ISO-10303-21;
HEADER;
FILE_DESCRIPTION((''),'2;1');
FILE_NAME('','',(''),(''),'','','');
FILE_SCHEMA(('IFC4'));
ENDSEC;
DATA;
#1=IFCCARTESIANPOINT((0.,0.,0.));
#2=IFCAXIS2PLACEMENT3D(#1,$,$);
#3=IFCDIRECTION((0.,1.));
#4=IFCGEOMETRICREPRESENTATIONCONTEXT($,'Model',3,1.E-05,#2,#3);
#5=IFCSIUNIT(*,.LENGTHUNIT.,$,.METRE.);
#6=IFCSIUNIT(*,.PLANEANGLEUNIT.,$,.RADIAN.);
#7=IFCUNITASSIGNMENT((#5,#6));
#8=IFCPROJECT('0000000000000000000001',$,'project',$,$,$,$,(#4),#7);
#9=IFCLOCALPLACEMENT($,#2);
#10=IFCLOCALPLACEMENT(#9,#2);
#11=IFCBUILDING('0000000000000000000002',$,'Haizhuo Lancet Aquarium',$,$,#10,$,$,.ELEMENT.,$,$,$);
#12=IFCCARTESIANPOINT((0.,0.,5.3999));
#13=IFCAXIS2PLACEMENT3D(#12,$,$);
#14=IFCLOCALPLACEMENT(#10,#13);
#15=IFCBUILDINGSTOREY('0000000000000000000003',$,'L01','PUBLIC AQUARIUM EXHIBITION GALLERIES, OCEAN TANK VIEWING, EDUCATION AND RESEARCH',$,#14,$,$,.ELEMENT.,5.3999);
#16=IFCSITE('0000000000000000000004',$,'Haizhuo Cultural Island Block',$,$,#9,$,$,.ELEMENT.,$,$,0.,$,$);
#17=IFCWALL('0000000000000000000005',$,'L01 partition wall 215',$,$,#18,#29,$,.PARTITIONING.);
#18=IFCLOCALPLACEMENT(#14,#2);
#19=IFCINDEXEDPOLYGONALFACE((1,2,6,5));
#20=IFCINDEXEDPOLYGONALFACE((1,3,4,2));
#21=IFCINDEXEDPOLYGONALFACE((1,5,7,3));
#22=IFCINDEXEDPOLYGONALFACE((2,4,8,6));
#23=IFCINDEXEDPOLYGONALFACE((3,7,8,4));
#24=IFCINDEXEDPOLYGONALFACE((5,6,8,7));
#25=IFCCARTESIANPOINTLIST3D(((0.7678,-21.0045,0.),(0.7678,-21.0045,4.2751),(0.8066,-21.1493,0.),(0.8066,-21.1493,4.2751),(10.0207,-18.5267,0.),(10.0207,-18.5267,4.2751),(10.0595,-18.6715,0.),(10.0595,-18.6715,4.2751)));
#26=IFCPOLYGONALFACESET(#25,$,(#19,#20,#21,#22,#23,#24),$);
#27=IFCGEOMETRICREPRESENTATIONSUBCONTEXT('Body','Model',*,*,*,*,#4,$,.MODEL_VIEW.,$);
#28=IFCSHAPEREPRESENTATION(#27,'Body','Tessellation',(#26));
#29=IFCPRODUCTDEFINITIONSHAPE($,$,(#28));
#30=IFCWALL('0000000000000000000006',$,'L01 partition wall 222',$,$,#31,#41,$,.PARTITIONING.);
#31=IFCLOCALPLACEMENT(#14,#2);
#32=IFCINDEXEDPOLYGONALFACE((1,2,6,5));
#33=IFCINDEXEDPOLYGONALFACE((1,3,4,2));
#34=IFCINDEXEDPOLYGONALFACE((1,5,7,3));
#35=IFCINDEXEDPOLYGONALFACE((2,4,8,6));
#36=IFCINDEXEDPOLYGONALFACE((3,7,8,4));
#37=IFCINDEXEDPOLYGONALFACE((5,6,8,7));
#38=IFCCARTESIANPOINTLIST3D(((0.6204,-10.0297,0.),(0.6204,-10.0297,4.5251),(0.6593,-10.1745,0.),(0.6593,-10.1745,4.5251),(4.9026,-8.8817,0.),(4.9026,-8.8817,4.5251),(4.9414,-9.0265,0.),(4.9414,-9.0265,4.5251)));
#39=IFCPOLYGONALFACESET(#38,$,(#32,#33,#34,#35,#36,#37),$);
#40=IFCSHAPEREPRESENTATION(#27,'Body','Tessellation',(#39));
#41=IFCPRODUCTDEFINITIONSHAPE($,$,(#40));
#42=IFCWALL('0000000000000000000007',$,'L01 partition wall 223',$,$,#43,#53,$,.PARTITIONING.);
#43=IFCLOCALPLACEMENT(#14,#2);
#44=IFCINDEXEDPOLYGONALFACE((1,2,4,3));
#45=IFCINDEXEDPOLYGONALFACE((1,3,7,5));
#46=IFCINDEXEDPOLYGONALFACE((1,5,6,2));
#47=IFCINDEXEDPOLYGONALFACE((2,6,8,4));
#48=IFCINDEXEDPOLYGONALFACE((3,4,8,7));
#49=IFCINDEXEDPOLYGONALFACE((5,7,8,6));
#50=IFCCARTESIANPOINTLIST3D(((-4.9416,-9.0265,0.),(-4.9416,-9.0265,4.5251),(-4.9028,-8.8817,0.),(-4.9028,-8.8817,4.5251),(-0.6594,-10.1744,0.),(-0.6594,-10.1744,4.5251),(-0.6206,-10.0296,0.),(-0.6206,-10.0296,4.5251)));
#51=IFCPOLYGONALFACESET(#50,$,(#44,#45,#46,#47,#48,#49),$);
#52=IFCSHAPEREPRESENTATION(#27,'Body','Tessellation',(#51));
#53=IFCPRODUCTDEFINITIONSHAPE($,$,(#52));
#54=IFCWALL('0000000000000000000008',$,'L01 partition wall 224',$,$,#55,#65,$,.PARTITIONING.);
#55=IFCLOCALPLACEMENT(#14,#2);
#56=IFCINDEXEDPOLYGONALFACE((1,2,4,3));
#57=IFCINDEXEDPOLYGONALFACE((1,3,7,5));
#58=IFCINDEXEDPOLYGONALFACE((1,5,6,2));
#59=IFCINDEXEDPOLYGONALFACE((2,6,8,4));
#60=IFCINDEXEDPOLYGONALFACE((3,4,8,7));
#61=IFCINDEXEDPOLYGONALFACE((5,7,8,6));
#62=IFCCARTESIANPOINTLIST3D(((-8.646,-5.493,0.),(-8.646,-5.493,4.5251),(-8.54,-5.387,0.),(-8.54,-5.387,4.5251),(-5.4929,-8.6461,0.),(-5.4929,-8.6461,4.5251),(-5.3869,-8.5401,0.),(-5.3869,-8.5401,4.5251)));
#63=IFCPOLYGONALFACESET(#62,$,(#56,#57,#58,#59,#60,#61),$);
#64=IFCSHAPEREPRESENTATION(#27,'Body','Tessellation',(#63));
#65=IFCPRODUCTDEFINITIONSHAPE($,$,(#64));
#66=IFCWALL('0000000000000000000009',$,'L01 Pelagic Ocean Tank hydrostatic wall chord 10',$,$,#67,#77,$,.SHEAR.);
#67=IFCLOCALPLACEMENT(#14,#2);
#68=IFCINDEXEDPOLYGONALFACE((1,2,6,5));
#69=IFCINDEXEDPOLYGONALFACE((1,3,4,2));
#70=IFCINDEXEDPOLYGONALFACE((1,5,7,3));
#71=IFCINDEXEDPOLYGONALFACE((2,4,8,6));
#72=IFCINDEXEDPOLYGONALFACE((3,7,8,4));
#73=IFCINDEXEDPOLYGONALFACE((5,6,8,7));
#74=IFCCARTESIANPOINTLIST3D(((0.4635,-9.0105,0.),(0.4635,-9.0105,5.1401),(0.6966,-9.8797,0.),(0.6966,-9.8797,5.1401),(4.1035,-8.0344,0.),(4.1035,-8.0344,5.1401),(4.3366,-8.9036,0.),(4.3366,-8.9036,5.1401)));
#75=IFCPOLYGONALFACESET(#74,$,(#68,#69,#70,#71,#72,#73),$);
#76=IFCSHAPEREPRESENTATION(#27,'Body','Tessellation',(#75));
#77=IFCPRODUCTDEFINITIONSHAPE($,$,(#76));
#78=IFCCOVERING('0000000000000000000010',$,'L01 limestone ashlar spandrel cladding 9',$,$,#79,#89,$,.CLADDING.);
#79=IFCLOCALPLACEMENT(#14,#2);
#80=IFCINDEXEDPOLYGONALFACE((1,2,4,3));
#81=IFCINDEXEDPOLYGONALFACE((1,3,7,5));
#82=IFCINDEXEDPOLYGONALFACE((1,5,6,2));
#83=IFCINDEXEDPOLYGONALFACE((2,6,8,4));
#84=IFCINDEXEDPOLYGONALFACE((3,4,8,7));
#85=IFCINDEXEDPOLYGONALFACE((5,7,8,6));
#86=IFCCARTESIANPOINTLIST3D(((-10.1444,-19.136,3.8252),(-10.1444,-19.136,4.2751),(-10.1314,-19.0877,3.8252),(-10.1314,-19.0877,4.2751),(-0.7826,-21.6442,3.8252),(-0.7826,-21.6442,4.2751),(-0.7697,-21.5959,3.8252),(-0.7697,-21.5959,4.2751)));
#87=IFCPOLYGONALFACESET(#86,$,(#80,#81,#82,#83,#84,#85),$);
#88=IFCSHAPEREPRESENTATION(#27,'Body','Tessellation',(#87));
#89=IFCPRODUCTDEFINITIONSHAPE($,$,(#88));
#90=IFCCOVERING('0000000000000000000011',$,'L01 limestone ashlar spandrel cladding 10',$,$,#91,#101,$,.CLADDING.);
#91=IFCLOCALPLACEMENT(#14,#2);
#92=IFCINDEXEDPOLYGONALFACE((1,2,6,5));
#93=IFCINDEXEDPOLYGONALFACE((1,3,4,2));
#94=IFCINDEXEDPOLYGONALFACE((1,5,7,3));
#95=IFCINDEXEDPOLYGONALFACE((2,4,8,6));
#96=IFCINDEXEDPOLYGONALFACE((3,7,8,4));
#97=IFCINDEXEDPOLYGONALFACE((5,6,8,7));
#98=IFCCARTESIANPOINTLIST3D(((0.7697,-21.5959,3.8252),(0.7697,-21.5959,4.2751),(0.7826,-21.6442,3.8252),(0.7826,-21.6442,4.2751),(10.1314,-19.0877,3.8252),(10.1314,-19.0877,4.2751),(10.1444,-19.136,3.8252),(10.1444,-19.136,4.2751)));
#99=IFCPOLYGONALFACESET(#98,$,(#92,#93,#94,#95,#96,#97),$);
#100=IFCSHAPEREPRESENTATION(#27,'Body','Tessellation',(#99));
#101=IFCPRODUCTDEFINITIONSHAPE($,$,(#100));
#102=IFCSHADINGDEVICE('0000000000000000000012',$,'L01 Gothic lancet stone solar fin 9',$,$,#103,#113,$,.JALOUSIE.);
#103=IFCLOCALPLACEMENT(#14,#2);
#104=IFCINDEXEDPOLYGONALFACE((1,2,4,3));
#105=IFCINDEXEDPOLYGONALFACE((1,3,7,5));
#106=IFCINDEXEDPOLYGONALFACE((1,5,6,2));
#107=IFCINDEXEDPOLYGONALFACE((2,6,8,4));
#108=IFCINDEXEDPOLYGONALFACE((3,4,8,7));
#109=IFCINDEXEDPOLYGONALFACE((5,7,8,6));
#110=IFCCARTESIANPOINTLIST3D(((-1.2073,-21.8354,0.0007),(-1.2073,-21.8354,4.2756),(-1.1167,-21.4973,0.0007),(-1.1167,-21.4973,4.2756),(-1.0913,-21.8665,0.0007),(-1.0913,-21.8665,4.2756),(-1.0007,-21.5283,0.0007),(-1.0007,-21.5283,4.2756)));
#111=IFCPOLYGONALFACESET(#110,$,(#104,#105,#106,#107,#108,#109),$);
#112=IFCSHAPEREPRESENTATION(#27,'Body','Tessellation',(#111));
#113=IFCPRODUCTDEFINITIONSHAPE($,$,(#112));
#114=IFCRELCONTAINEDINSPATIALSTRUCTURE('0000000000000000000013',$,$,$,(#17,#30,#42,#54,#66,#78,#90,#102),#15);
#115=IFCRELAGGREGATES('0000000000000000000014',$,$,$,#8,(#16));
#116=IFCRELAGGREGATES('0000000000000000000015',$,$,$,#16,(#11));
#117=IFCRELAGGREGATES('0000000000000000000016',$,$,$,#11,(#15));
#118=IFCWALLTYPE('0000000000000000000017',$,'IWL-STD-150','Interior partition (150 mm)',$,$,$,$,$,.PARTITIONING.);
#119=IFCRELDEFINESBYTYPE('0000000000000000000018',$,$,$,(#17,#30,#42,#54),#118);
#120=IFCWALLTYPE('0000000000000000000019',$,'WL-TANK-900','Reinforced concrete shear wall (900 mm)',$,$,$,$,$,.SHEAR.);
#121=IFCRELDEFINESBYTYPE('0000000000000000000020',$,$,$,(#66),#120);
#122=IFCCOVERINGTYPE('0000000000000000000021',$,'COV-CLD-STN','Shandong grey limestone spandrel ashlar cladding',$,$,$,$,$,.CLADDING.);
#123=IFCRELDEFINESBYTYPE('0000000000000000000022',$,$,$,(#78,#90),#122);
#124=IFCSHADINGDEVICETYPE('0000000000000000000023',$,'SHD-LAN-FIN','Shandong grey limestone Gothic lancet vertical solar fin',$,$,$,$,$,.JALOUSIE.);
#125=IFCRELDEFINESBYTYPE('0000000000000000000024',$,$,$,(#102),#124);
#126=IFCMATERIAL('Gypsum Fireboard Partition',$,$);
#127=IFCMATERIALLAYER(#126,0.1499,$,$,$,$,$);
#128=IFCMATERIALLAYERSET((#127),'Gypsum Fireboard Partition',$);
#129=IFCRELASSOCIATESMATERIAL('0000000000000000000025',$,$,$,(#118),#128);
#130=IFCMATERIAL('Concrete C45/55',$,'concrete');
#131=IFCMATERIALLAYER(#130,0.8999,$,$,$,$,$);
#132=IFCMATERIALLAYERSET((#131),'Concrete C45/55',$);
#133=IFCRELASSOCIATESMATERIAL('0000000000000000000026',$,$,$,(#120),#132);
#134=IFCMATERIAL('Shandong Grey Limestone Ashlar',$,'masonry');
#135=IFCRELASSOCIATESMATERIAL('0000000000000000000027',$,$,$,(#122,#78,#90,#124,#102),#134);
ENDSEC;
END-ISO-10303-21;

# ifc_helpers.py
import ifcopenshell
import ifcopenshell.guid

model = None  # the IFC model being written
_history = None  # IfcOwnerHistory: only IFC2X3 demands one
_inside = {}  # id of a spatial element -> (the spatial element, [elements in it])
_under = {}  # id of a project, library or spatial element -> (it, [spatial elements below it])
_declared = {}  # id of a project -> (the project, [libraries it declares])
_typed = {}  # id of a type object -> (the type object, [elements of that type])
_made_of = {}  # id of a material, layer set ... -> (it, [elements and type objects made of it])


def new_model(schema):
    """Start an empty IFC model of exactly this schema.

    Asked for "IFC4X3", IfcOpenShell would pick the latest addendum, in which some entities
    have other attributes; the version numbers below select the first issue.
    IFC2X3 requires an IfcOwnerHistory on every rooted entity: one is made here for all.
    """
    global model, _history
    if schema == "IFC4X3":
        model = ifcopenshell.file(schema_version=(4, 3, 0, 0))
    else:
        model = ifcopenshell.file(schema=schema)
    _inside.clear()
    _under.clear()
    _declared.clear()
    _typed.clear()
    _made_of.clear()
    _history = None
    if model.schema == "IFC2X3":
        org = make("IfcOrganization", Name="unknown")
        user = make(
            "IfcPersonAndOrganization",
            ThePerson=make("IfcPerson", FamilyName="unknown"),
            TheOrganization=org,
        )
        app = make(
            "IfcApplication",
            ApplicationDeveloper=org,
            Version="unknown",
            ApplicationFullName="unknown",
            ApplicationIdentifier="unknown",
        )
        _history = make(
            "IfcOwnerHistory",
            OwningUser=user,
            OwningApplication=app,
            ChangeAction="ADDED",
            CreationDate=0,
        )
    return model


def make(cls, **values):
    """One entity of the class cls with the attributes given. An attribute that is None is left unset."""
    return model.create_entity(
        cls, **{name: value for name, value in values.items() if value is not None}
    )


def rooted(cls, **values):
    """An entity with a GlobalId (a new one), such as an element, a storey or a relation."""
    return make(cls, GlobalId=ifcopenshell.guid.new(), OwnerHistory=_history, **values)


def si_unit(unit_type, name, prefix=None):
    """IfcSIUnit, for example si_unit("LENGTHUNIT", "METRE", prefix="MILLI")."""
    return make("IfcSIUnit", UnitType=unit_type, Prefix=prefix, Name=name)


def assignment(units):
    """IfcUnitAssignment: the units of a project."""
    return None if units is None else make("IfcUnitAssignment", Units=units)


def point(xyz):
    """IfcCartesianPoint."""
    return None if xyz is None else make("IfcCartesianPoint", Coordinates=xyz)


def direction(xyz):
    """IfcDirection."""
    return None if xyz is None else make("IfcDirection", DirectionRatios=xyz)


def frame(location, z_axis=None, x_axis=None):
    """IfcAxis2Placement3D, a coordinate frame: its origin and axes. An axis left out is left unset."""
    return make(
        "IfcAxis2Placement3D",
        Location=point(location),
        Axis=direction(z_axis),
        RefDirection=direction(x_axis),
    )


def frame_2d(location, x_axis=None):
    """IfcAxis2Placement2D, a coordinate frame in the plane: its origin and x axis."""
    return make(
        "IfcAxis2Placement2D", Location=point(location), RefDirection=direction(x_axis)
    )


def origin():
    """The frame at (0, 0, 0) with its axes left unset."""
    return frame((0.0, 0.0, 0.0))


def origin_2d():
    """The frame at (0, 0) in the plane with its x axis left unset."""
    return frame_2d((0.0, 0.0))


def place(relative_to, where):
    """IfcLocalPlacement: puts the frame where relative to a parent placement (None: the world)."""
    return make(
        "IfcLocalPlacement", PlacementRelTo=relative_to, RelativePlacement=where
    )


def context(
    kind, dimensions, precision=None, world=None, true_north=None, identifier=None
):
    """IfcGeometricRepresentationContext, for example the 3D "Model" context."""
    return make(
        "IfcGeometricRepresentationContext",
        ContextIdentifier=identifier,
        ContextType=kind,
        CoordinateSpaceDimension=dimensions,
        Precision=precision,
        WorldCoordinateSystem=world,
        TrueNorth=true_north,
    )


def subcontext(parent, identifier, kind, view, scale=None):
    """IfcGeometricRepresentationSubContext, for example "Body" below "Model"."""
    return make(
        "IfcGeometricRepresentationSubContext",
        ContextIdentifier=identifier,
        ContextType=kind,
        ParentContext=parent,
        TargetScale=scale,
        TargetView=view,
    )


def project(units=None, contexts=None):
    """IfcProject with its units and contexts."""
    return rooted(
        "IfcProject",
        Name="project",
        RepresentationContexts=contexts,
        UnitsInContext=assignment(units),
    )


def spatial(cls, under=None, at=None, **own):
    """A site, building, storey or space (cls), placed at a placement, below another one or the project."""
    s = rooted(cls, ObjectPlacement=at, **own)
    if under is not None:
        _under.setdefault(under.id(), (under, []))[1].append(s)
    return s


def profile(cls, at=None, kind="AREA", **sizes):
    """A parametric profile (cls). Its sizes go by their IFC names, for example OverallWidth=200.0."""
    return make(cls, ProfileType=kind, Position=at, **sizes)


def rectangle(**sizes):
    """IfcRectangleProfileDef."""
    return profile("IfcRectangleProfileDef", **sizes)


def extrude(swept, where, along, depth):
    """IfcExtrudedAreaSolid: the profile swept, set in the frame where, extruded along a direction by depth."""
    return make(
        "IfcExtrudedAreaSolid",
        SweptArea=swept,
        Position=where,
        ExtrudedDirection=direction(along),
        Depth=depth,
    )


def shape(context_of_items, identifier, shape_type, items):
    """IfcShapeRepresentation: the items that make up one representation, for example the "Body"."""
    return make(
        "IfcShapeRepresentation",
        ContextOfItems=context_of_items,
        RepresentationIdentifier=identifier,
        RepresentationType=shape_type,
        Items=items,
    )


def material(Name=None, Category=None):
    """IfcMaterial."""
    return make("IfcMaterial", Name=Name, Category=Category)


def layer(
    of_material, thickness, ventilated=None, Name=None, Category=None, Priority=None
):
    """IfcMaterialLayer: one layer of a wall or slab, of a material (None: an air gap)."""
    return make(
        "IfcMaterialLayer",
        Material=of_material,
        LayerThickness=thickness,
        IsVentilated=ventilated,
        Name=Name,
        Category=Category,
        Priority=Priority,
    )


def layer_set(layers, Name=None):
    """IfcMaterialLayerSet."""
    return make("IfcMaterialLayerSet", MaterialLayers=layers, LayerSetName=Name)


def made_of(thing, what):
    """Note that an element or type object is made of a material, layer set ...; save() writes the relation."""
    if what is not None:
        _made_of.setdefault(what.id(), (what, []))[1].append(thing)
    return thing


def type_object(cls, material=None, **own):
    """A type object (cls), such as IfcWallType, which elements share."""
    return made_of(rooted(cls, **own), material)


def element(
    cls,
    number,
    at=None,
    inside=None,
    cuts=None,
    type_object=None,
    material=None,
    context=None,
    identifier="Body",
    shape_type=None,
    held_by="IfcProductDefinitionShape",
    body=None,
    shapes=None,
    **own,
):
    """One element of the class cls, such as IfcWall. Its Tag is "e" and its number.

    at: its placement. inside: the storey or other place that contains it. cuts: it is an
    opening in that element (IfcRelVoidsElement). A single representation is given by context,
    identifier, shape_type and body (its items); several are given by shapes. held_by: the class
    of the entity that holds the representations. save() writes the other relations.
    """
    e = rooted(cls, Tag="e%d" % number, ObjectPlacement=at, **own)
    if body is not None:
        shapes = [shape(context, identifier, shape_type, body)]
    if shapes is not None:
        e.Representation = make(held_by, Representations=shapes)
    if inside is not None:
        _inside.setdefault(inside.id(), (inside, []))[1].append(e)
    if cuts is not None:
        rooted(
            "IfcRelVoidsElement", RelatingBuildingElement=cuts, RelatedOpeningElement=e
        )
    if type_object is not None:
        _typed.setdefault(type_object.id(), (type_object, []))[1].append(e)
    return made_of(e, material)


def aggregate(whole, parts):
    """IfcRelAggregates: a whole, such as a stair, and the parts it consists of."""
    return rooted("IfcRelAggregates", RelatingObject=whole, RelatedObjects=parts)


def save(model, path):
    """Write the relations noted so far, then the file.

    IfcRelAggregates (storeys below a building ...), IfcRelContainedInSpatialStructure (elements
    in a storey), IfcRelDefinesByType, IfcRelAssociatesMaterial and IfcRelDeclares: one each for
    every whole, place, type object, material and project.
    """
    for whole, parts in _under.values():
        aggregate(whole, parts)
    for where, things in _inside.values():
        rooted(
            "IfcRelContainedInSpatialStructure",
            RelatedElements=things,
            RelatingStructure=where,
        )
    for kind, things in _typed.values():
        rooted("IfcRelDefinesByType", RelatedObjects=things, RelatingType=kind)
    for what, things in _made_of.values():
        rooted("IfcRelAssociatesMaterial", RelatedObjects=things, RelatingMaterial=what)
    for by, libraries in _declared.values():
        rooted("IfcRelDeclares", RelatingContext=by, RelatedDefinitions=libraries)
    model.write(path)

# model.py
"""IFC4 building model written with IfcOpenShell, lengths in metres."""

from ifc_helpers import new_model, si_unit, direction, frame, frame_2d, origin, origin_2d, place, context, subcontext, project, spatial, rectangle, extrude, material, layer, layer_set, type_object, element, save


model = new_model("IFC4")

# Units and contexts
model_context = context("Model", 3, precision=1e-05, world=origin(), true_north=direction((0.0, 1.0)))
body_context = subcontext(model_context, "Body", "Model", "MODEL_VIEW")
ifc_project = project(units=[si_unit("LENGTHUNIT", "METRE"), si_unit("PLANEANGLEUNIT", "RADIAN")], contexts=[model_context])

# Site, building, storey
site_placement = place(None, origin())
site = spatial("IfcSite", under=ifc_project, at=site_placement, Name="Haizhuo Cultural Island Block", CompositionType="ELEMENT", RefElevation=0.0)
building_placement = place(site_placement, origin())
building = spatial("IfcBuilding", under=site, at=building_placement, Name="Haizhuo Lancet Aquarium", CompositionType="ELEMENT")
storey_placement = place(building_placement, frame((0.0, 0.0, 5.3999)))
storey = spatial("IfcBuildingStorey", under=building, at=storey_placement, Name="L01", Description="PUBLIC AQUARIUM EXHIBITION GALLERIES, OCEAN TANK VIEWING, EDUCATION AND RESEARCH", CompositionType="ELEMENT", Elevation=5.3999)

# Shared definitions
ifc_material_1 = material(Name="Shandong Grey Limestone Ashlar", Category="masonry")

# Walls
ifc_material_2 = material(Name="Gypsum Fireboard Partition")
ifc_layer_1 = layer(ifc_material_2, 0.1499)
ifc_layer_set_1 = layer_set([ifc_layer_1], Name="Gypsum Fireboard Partition")
wall_type_1 = type_object("IfcWallType", Name="IWL-STD-150", Description="Interior partition (150 mm)", PredefinedType="PARTITIONING", material=ifc_layer_set_1)
wall_1_placement = place(storey_placement, frame((0.7871, -21.0769, 0.0), z_axis=(0.0, 0.0, 1.0), x_axis=(0.965966, 0.25867, 0.0)))
element("IfcWall", 1, at=wall_1_placement, inside=storey, type_object=wall_type_1, Name="L01 partition wall 215", PredefinedType="PARTITIONING", context=body_context, shape_type="SweptSolid", body=[
    extrude(rectangle(XDim=9.5789, YDim=0.1499, at=frame_2d((4.7896, 0.0))), origin(), (0.0, 0.0, 1.0), 4.2751),
])
for number, where, z_axis, x_axis, name in (
    (2, (4.9221, -8.9541, 0.0), (0.0, 0.0, 1.0), (-0.965896, -0.258931, 0.0), "L01 partition wall 222"),
    (3, (-0.6399, -10.1021, 0.0), (0.0, 0.0, 1.0), (-0.965896, 0.258931, 0.0), "L01 partition wall 223"),
):
    element("IfcWall", number, at=place(storey_placement, frame(where, z_axis=z_axis, x_axis=x_axis)), inside=storey, type_object=wall_type_1, Name=name, PredefinedType="PARTITIONING", context=body_context, shape_type="SweptSolid", body=[
        extrude(rectangle(XDim=4.4333, YDim=0.1499, at=frame_2d((2.2168, 0.0))), origin(), (0.0, 0.0, 1.0), 4.5251),
    ])
wall_2_placement = place(storey_placement, frame((-5.4399, -8.593, 0.0), z_axis=(0.0, 0.0, 1.0), x_axis=(-0.707107, 0.707107, 0.0)))
element("IfcWall", 4, at=wall_2_placement, inside=storey, type_object=wall_type_1, Name="L01 partition wall 224", PredefinedType="PARTITIONING", context=body_context, shape_type="SweptSolid", body=[
    extrude(rectangle(XDim=4.4592, YDim=0.1499, at=frame_2d((2.2295, 0.0))), origin(), (0.0, 0.0, 1.0), 4.5251),
])
ifc_material_3 = material(Name="Concrete C45/55", Category="concrete")
ifc_layer_2 = layer(ifc_material_3, 0.8999)
ifc_layer_set_2 = layer_set([ifc_layer_2], Name="Concrete C45/55")
wall_type_2 = type_object("IfcWallType", Name="WL-TANK-900", Description="Reinforced concrete shear wall (900 mm)", PredefinedType="SHEAR", material=ifc_layer_set_2)
wall_3_placement = place(storey_placement, frame((0.5801, -9.4451, 0.0), z_axis=(0.0, 0.0, 1.0), x_axis=(0.965875, 0.259009, 0.0)))
element("IfcWall", 5, at=wall_3_placement, inside=storey, type_object=wall_type_2, Name="L01 Pelagic Ocean Tank hydrostatic wall chord 10", PredefinedType="SHEAR", context=body_context, shape_type="SweptSolid", body=[
    extrude(rectangle(XDim=3.7686, YDim=0.8999, at=frame_2d((1.8843, 0.0))), origin(), (0.0, 0.0, 1.0), 5.1401),
])

# Coverings
covering_type = type_object("IfcCoveringType", Name="COV-CLD-STN", Description="Shandong grey limestone spandrel ashlar cladding", PredefinedType="CLADDING", material=ifc_material_1)
for number, where, z_axis, x_axis, name in (
    (6, (-5.457, -20.366, 3.8252), (0.0, 0.0, 1.0), (-0.965933, 0.258794, 0.0), "L01 limestone ashlar spandrel cladding 9"),
    (7, (5.457, -20.366, 3.8252), (0.0, 0.0, 1.0), (-0.965933, -0.258794, 0.0), "L01 limestone ashlar spandrel cladding 10"),
):
    element("IfcCovering", number, at=place(storey_placement, frame(where, z_axis=z_axis, x_axis=x_axis)), inside=storey, type_object=covering_type, material=ifc_material_1, Name=name, PredefinedType="CLADDING", context=body_context, shape_type="SweptSolid", body=[
        extrude(rectangle(XDim=9.6919, YDim=0.05, at=origin_2d()), origin(), (0.0, 0.0, 1.0), 0.45),
    ])

# Shading device
shading_device_type = type_object("IfcShadingDeviceType", Name="SHD-LAN-FIN", Description="Shandong grey limestone Gothic lancet vertical solar fin", PredefinedType="JALOUSIE", material=ifc_material_1)
shading_device_placement = place(storey_placement, frame((-1.104, -21.6819, 0.0007), z_axis=(0.0, 0.0, 1.0), x_axis=(-0.965933, 0.258794, 0.0)))
element("IfcShadingDevice", 8, at=shading_device_placement, inside=storey, type_object=shading_device_type, material=ifc_material_1, Name="L01 Gothic lancet stone solar fin 9", PredefinedType="JALOUSIE", context=body_context, shape_type="SweptSolid", body=[
    extrude(rectangle(XDim=0.1201, YDim=0.3501, at=origin_2d()), origin(), (0.0, 0.0, 1.0), 4.2749),
])

save(model, "model.ifc")
